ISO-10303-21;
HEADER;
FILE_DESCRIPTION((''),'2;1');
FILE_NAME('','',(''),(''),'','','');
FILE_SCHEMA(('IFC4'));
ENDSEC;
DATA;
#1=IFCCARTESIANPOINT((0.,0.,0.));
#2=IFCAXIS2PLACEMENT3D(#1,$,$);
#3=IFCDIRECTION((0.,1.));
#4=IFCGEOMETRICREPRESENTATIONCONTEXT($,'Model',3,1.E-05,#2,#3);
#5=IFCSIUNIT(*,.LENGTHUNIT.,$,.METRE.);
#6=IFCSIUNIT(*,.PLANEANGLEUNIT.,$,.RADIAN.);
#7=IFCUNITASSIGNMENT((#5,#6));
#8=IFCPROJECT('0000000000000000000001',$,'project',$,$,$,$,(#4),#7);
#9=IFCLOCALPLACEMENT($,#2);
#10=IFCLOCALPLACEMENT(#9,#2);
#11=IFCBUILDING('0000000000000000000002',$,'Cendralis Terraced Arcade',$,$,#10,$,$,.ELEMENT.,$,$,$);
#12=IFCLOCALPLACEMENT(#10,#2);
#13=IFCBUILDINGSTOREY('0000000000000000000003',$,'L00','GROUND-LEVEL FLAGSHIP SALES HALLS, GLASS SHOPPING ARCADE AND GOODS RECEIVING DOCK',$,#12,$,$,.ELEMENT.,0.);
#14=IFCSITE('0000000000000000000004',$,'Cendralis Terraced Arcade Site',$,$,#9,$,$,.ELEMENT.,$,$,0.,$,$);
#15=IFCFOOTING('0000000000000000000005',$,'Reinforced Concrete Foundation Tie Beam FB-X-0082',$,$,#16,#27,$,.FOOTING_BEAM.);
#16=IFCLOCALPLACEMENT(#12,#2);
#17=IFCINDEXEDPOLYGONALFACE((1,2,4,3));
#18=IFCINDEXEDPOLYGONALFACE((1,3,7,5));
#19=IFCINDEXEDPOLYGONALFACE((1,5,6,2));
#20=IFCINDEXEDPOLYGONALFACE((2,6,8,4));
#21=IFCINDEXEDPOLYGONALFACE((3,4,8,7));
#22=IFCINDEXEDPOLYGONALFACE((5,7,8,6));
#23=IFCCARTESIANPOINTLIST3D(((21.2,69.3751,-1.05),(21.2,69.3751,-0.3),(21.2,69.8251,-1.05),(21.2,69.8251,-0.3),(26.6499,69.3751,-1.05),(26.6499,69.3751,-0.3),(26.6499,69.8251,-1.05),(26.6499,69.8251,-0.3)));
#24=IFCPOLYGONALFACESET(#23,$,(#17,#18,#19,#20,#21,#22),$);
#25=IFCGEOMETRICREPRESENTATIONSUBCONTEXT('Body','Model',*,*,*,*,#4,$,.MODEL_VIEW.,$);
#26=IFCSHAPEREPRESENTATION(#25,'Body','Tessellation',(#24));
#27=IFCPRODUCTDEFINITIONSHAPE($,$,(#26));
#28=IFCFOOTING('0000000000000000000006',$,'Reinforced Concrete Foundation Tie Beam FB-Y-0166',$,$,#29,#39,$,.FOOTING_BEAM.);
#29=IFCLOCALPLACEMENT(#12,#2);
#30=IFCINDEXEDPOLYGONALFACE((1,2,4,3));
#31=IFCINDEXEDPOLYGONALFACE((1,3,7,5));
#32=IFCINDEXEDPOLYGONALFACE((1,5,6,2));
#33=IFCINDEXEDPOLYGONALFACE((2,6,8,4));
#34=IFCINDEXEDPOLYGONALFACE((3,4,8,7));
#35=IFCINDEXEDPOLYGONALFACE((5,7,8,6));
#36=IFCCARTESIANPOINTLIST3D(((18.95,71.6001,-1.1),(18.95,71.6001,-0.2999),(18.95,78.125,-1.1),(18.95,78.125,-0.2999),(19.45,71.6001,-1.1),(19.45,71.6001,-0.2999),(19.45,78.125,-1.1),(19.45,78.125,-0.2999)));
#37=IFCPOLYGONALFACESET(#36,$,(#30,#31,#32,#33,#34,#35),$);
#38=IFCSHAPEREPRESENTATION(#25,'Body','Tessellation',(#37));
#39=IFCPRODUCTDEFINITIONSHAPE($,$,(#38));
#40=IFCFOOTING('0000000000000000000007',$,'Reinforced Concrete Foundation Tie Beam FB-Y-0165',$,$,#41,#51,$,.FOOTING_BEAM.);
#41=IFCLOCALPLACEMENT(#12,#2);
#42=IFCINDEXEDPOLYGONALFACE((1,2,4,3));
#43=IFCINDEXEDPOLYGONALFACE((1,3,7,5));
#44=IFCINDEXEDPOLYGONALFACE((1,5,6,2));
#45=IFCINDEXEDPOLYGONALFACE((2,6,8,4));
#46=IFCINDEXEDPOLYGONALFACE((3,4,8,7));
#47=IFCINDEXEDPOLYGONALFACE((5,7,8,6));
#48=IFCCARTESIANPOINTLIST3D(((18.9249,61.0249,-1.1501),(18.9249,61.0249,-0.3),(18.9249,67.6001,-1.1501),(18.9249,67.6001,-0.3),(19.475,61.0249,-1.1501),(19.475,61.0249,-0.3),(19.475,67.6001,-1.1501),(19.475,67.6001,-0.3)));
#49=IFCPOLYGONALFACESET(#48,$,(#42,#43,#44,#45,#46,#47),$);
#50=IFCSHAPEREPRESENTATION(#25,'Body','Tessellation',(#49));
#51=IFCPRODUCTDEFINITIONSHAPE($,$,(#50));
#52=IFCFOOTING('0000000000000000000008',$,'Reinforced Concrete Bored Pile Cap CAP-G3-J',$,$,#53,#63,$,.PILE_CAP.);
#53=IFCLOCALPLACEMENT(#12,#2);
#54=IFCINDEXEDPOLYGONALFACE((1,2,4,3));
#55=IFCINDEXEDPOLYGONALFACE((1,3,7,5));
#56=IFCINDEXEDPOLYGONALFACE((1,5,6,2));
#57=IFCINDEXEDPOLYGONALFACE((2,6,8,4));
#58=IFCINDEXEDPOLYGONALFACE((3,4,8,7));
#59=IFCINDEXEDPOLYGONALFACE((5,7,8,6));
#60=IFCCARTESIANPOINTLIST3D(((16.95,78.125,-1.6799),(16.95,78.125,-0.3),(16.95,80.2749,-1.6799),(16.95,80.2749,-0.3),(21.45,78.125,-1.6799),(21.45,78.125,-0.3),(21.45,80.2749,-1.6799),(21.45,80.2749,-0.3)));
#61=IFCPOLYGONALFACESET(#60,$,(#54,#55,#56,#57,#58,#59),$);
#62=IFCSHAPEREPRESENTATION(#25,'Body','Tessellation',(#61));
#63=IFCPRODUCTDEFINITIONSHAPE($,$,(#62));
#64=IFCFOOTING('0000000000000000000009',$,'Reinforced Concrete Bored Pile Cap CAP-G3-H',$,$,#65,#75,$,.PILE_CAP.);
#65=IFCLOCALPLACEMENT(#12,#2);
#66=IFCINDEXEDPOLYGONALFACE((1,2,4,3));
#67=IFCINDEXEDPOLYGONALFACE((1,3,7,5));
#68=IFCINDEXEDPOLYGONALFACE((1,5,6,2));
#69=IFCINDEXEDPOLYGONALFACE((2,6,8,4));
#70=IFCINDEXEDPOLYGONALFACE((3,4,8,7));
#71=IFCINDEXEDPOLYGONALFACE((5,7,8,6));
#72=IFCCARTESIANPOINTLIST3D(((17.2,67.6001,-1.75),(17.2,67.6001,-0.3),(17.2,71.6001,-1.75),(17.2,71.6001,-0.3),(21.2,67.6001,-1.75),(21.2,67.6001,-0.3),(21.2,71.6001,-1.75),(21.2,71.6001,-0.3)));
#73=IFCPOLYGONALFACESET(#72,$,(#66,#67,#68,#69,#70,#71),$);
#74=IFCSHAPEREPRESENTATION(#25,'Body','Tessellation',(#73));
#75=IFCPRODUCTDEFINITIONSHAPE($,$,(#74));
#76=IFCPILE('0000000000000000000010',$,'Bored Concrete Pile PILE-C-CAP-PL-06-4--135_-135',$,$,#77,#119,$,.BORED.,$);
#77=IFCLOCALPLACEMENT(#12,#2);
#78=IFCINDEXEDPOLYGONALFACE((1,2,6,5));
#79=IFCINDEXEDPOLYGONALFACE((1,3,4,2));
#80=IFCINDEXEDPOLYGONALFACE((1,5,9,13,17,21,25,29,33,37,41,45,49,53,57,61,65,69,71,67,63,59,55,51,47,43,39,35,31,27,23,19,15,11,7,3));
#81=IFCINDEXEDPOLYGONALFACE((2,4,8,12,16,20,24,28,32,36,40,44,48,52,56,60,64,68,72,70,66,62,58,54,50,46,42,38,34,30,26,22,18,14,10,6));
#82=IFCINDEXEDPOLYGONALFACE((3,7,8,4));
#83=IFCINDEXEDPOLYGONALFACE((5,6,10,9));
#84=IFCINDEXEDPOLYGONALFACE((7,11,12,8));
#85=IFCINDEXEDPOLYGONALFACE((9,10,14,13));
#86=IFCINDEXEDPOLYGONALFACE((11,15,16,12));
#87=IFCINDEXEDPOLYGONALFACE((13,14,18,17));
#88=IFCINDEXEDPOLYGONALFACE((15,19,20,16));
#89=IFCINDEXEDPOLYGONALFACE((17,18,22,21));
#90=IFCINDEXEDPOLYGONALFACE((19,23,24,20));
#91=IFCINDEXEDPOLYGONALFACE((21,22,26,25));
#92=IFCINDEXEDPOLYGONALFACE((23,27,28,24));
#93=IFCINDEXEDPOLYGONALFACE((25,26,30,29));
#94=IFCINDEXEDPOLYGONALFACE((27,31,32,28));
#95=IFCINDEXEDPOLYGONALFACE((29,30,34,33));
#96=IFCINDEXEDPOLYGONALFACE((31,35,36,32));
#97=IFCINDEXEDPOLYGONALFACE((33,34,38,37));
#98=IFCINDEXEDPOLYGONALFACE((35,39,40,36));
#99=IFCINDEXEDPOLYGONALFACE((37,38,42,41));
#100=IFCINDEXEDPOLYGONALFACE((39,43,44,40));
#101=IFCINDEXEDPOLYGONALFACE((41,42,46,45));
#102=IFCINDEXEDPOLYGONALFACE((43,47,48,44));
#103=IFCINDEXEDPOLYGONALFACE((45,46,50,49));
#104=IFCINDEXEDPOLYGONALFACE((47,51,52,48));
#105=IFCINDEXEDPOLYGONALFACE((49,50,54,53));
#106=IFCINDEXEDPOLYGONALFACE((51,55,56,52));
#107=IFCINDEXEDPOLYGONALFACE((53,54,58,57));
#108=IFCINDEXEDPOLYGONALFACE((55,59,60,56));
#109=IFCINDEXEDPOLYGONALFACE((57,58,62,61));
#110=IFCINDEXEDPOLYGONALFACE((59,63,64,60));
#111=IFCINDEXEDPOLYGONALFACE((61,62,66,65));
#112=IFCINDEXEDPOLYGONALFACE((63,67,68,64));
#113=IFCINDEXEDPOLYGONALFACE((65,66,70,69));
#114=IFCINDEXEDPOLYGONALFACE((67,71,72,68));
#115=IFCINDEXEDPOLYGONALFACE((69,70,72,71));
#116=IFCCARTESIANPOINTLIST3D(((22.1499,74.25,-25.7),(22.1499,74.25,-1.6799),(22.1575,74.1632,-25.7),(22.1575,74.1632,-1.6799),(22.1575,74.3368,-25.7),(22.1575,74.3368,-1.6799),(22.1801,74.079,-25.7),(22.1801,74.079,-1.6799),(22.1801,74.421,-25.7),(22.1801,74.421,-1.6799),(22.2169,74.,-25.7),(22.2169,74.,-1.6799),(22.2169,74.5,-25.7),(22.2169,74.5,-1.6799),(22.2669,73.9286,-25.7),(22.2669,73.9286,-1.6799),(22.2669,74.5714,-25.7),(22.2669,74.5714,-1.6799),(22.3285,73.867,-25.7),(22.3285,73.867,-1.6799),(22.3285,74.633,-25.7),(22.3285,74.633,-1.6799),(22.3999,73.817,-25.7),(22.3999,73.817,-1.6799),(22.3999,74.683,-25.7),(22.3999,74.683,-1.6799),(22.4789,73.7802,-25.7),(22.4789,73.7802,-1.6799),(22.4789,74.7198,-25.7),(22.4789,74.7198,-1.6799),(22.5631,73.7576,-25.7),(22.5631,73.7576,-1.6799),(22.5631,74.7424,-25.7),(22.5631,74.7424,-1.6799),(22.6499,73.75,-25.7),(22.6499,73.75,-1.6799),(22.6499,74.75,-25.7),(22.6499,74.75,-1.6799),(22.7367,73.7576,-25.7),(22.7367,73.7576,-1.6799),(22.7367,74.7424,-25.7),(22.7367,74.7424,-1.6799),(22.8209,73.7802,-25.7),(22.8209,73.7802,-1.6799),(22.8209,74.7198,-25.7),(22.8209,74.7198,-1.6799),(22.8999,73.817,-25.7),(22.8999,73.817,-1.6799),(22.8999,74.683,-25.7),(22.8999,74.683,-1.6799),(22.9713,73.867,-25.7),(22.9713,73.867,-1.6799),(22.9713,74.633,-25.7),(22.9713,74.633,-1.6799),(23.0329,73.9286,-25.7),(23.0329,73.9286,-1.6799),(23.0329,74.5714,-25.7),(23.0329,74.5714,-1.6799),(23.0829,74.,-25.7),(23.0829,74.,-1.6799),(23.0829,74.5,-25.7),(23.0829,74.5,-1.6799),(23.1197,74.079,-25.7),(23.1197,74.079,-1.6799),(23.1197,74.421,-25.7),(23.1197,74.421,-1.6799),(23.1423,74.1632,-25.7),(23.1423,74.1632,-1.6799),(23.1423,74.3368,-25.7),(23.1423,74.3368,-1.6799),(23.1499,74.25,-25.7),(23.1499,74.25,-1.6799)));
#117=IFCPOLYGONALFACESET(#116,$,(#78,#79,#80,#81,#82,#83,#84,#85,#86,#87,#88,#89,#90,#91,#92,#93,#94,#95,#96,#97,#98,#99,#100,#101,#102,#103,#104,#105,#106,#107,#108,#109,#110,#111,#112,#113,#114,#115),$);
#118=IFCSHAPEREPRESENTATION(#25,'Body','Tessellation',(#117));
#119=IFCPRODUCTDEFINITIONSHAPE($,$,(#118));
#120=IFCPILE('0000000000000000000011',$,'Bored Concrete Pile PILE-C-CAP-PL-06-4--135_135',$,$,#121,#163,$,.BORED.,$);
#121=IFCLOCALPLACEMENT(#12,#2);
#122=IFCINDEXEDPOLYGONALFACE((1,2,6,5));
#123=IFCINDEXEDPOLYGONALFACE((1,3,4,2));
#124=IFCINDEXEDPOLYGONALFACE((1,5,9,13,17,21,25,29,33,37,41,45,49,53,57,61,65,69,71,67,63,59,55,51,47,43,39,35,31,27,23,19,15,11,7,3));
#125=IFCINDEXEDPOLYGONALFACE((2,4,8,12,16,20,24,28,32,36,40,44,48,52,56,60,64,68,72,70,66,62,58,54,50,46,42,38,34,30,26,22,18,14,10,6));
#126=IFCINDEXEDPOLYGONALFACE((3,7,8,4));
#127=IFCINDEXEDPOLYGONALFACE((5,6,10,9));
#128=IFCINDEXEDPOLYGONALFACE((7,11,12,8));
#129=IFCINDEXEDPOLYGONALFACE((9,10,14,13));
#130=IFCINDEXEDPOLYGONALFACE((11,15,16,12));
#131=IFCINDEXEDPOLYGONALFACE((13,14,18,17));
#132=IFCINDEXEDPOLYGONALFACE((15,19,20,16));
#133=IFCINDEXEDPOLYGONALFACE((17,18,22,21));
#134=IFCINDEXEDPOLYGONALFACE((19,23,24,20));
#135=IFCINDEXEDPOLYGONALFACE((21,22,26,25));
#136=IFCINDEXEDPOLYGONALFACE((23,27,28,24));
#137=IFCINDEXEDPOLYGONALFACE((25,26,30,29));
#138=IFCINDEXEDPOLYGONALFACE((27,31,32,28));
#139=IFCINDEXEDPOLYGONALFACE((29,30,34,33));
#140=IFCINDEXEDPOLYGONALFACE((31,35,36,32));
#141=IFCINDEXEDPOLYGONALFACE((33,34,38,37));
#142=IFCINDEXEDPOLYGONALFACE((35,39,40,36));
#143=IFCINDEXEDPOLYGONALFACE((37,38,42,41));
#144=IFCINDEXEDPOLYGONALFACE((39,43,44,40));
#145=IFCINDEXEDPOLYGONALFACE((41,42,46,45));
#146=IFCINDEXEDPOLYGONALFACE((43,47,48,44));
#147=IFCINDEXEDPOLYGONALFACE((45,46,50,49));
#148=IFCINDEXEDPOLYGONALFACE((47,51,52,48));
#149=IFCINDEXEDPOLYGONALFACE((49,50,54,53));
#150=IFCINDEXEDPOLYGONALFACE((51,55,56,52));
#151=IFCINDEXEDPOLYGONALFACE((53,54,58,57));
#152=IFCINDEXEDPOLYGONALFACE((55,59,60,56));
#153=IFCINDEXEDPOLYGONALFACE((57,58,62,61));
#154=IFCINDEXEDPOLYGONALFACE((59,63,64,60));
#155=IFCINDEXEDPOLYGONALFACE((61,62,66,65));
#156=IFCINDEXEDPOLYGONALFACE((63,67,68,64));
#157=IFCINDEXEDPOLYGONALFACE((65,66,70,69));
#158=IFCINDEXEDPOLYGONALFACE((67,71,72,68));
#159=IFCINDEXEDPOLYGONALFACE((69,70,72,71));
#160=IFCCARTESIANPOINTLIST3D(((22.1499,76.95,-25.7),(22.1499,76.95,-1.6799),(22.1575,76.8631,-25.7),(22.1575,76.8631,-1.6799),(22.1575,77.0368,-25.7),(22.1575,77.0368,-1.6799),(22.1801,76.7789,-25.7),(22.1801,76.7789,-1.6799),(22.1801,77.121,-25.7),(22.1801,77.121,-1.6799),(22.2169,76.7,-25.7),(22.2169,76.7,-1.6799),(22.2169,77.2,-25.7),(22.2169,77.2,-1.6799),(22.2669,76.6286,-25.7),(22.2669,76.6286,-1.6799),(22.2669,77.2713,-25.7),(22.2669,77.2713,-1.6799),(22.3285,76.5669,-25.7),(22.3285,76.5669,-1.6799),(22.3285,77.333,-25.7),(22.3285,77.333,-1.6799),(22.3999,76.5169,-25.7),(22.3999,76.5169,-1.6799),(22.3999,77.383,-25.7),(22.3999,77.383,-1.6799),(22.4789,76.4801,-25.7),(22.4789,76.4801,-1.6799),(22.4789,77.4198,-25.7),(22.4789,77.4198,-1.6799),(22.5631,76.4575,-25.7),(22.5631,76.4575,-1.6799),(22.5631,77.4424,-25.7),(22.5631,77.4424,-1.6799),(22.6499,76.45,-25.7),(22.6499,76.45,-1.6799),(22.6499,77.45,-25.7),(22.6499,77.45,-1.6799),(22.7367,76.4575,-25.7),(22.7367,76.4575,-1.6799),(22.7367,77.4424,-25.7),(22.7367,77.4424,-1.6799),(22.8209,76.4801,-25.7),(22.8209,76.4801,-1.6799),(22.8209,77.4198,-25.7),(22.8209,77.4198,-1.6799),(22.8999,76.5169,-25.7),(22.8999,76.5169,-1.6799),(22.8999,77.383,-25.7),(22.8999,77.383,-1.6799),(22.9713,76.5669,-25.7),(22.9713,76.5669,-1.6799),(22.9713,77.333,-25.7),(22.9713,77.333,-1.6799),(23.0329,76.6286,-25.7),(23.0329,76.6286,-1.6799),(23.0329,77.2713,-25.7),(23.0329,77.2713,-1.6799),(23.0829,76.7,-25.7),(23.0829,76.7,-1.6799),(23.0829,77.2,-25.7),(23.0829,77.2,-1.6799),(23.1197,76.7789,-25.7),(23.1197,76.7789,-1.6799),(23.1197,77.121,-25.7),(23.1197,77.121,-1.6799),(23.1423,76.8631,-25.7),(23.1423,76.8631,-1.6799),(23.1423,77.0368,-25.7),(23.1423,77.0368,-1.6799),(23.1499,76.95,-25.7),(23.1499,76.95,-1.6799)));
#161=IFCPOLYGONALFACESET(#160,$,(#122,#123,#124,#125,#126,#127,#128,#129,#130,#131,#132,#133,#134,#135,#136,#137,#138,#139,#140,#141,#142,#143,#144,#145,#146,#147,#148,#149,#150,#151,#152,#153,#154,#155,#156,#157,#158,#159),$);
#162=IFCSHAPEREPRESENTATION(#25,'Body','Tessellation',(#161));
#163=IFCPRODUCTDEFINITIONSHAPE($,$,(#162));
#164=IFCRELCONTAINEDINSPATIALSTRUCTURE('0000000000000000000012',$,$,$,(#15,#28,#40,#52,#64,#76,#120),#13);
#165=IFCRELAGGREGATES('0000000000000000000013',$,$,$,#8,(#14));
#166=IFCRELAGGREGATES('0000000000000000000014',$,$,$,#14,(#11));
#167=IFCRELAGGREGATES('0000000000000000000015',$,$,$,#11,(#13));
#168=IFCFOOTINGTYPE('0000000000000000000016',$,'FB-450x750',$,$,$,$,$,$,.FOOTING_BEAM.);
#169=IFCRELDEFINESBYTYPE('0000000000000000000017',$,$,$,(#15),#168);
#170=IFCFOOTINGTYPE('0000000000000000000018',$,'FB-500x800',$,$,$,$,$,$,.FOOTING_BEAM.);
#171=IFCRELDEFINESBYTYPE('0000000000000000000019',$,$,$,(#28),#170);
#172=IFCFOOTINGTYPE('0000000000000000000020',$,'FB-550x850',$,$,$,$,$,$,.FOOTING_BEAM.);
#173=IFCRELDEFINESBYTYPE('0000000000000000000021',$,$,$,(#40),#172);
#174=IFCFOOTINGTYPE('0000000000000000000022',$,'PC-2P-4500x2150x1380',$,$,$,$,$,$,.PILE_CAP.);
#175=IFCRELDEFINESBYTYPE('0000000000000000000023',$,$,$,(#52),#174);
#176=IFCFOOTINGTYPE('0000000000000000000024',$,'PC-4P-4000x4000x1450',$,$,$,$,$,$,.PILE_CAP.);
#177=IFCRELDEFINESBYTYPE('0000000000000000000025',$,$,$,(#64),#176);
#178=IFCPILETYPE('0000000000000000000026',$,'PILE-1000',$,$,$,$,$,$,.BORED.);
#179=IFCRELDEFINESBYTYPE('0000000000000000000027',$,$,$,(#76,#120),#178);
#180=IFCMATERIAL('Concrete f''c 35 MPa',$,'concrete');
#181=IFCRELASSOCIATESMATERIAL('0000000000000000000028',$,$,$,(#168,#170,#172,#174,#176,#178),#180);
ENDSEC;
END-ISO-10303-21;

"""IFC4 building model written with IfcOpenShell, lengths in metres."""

from ifc_helpers import new_model, si_unit, direction, frame, origin, origin_2d, place, context, subcontext, project, spatial, rectangle, circle, extrude, material, material_profile, profile_set, type_object, element, save


model = new_model("IFC4")

# Units and contexts
model_context = context("Model", 3, precision=1e-05, world=origin(), true_north=direction((0.0, 1.0)))
body_context = subcontext(model_context, "Body", "Model", "MODEL_VIEW")
ifc_project = project(units=[si_unit("LENGTHUNIT", "METRE"), si_unit("PLANEANGLEUNIT", "RADIAN")], contexts=[model_context])

# Site, building, storey
site_placement = place(None, origin())
site = spatial("IfcSite", under=ifc_project, at=site_placement, Name="Cendralis Terraced Arcade Site", CompositionType="ELEMENT", RefElevation=0.0)
building_placement = place(site_placement, origin())
building = spatial("IfcBuilding", under=site, at=building_placement, Name="Cendralis Terraced Arcade", CompositionType="ELEMENT")
storey_placement = place(building_placement, origin())
storey = spatial("IfcBuildingStorey", under=building, at=storey_placement, Name="L00", Description="GROUND-LEVEL FLAGSHIP SALES HALLS, GLASS SHOPPING ARCADE AND GOODS RECEIVING DOCK", CompositionType="ELEMENT", Elevation=0.0)

# Footings
ifc_material_1 = material(Name="Concrete f'c 35 MPa", Category="concrete")
ifc_material_profile_1 = material_profile(ifc_material_1, rectangle(XDim=0.45, YDim=0.75, at=origin_2d()), Name="FB-450x750", Category="LoadBearing")
ifc_profile_set_1 = profile_set([ifc_material_profile_1], Name="Concrete f'c 35 MPa")
footing_type_1 = type_object("IfcFootingType", Name="FB-450x750", PredefinedType="FOOTING_BEAM", material=ifc_profile_set_1)
footing_1_placement = place(storey_placement, frame((21.2, 69.6001, -0.675), z_axis=(1.0, 0.0, 0.0), x_axis=(0.0, 1.0, 0.0)))
element("IfcFooting", 1, at=footing_1_placement, inside=storey, type_object=footing_type_1, Name="Reinforced Concrete Foundation Tie Beam FB-X-0082", PredefinedType="FOOTING_BEAM", context=body_context, shape_type="SweptSolid", body=[
    extrude(rectangle(XDim=0.45, YDim=0.75, at=origin_2d()), origin(), (0.0, 0.0, 1.0), 5.45),
])
ifc_material_profile_2 = material_profile(ifc_material_1, rectangle(XDim=0.5, YDim=0.8, at=origin_2d()), Name="FB-500x800", Category="LoadBearing")
ifc_profile_set_2 = profile_set([ifc_material_profile_2], Name="Concrete f'c 35 MPa")
footing_type_2 = type_object("IfcFootingType", Name="FB-500x800", PredefinedType="FOOTING_BEAM", material=ifc_profile_set_2)
footing_2_placement = place(storey_placement, frame((19.2, 71.6001, -0.7), z_axis=(0.0, 1.0, 0.0), x_axis=(-1.0, 0.0, 0.0)))
element("IfcFooting", 2, at=footing_2_placement, inside=storey, type_object=footing_type_2, Name="Reinforced Concrete Foundation Tie Beam FB-Y-0166", PredefinedType="FOOTING_BEAM", context=body_context, shape_type="SweptSolid", body=[
    extrude(rectangle(XDim=0.5, YDim=0.8, at=origin_2d()), origin(), (0.0, 0.0, 1.0), 6.5249),
])
ifc_material_profile_3 = material_profile(ifc_material_1, rectangle(XDim=0.55, YDim=0.8501, at=origin_2d()), Name="FB-550x850", Category="LoadBearing")
ifc_profile_set_3 = profile_set([ifc_material_profile_3], Name="Concrete f'c 35 MPa")
footing_type_3 = type_object("IfcFootingType", Name="FB-550x850", PredefinedType="FOOTING_BEAM", material=ifc_profile_set_3)
footing_3_placement = place(storey_placement, frame((19.2, 61.0249, -0.7251), z_axis=(0.0, 1.0, 0.0), x_axis=(-1.0, 0.0, 0.0)))
element("IfcFooting", 3, at=footing_3_placement, inside=storey, type_object=footing_type_3, Name="Reinforced Concrete Foundation Tie Beam FB-Y-0165", PredefinedType="FOOTING_BEAM", context=body_context, shape_type="SweptSolid", body=[
    extrude(rectangle(XDim=0.55, YDim=0.8501, at=origin_2d()), origin(), (0.0, 0.0, 1.0), 6.5752),
])
footing_type_4 = type_object("IfcFootingType", Name="PC-2P-4500x2150x1380", PredefinedType="PILE_CAP", material=ifc_material_1)
footing_4_placement = place(storey_placement, frame((19.2, 79.2, -1.6799), z_axis=(0.0, 0.0, 1.0), x_axis=(1.0, 0.0, 0.0)))
element("IfcFooting", 4, at=footing_4_placement, inside=storey, type_object=footing_type_4, Name="Reinforced Concrete Bored Pile Cap CAP-G3-J", PredefinedType="PILE_CAP", context=body_context, shape_type="SweptSolid", body=[
    extrude(rectangle(XDim=4.5, YDim=2.1499, at=origin_2d()), origin(), (0.0, 0.0, 1.0), 1.3799),
])
footing_type_5 = type_object("IfcFootingType", Name="PC-4P-4000x4000x1450", PredefinedType="PILE_CAP", material=ifc_material_1)
footing_5_placement = place(storey_placement, frame((19.2, 69.6001, -1.75), z_axis=(0.0, 0.0, 1.0), x_axis=(1.0, 0.0, 0.0)))
element("IfcFooting", 5, at=footing_5_placement, inside=storey, type_object=footing_type_5, Name="Reinforced Concrete Bored Pile Cap CAP-G3-H", PredefinedType="PILE_CAP", context=body_context, shape_type="SweptSolid", body=[
    extrude(rectangle(XDim=4.0, YDim=4.0, at=origin_2d()), origin(), (0.0, 0.0, 1.0), 1.45),
])

# Piles
ifc_material_profile_4 = material_profile(ifc_material_1, circle(Radius=0.5, at=origin_2d()), Name="PILE-D1000", Category="LoadBearing")
ifc_profile_set_4 = profile_set([ifc_material_profile_4], Name="Concrete f'c 35 MPa")
pile_type_1 = type_object("IfcPileType", Name="PILE-1000", PredefinedType="BORED", material=ifc_profile_set_4)
for number, where, z_axis, x_axis, name in (
    (6, (22.6499, 74.25, -1.6799), (0.0, 0.0, -1.0), (1.0, 0.0, 0.0), "Bored Concrete Pile PILE-C-CAP-PL-06-4--135_-135"),
    (7, (22.6499, 76.95, -1.6799), (0.0, 0.0, -1.0), (1.0, 0.0, 0.0), "Bored Concrete Pile PILE-C-CAP-PL-06-4--135_135"),
):
    element("IfcPile", number, at=place(storey_placement, frame(where, z_axis=z_axis, x_axis=x_axis)), inside=storey, type_object=pile_type_1, Name=name, PredefinedType="BORED", context=body_context, shape_type="SweptSolid", body=[
        extrude(circle(Radius=0.5, at=origin_2d()), origin(), (0.0, 0.0, 1.0), 24.02),
    ])

save(model, "model.ifc")
